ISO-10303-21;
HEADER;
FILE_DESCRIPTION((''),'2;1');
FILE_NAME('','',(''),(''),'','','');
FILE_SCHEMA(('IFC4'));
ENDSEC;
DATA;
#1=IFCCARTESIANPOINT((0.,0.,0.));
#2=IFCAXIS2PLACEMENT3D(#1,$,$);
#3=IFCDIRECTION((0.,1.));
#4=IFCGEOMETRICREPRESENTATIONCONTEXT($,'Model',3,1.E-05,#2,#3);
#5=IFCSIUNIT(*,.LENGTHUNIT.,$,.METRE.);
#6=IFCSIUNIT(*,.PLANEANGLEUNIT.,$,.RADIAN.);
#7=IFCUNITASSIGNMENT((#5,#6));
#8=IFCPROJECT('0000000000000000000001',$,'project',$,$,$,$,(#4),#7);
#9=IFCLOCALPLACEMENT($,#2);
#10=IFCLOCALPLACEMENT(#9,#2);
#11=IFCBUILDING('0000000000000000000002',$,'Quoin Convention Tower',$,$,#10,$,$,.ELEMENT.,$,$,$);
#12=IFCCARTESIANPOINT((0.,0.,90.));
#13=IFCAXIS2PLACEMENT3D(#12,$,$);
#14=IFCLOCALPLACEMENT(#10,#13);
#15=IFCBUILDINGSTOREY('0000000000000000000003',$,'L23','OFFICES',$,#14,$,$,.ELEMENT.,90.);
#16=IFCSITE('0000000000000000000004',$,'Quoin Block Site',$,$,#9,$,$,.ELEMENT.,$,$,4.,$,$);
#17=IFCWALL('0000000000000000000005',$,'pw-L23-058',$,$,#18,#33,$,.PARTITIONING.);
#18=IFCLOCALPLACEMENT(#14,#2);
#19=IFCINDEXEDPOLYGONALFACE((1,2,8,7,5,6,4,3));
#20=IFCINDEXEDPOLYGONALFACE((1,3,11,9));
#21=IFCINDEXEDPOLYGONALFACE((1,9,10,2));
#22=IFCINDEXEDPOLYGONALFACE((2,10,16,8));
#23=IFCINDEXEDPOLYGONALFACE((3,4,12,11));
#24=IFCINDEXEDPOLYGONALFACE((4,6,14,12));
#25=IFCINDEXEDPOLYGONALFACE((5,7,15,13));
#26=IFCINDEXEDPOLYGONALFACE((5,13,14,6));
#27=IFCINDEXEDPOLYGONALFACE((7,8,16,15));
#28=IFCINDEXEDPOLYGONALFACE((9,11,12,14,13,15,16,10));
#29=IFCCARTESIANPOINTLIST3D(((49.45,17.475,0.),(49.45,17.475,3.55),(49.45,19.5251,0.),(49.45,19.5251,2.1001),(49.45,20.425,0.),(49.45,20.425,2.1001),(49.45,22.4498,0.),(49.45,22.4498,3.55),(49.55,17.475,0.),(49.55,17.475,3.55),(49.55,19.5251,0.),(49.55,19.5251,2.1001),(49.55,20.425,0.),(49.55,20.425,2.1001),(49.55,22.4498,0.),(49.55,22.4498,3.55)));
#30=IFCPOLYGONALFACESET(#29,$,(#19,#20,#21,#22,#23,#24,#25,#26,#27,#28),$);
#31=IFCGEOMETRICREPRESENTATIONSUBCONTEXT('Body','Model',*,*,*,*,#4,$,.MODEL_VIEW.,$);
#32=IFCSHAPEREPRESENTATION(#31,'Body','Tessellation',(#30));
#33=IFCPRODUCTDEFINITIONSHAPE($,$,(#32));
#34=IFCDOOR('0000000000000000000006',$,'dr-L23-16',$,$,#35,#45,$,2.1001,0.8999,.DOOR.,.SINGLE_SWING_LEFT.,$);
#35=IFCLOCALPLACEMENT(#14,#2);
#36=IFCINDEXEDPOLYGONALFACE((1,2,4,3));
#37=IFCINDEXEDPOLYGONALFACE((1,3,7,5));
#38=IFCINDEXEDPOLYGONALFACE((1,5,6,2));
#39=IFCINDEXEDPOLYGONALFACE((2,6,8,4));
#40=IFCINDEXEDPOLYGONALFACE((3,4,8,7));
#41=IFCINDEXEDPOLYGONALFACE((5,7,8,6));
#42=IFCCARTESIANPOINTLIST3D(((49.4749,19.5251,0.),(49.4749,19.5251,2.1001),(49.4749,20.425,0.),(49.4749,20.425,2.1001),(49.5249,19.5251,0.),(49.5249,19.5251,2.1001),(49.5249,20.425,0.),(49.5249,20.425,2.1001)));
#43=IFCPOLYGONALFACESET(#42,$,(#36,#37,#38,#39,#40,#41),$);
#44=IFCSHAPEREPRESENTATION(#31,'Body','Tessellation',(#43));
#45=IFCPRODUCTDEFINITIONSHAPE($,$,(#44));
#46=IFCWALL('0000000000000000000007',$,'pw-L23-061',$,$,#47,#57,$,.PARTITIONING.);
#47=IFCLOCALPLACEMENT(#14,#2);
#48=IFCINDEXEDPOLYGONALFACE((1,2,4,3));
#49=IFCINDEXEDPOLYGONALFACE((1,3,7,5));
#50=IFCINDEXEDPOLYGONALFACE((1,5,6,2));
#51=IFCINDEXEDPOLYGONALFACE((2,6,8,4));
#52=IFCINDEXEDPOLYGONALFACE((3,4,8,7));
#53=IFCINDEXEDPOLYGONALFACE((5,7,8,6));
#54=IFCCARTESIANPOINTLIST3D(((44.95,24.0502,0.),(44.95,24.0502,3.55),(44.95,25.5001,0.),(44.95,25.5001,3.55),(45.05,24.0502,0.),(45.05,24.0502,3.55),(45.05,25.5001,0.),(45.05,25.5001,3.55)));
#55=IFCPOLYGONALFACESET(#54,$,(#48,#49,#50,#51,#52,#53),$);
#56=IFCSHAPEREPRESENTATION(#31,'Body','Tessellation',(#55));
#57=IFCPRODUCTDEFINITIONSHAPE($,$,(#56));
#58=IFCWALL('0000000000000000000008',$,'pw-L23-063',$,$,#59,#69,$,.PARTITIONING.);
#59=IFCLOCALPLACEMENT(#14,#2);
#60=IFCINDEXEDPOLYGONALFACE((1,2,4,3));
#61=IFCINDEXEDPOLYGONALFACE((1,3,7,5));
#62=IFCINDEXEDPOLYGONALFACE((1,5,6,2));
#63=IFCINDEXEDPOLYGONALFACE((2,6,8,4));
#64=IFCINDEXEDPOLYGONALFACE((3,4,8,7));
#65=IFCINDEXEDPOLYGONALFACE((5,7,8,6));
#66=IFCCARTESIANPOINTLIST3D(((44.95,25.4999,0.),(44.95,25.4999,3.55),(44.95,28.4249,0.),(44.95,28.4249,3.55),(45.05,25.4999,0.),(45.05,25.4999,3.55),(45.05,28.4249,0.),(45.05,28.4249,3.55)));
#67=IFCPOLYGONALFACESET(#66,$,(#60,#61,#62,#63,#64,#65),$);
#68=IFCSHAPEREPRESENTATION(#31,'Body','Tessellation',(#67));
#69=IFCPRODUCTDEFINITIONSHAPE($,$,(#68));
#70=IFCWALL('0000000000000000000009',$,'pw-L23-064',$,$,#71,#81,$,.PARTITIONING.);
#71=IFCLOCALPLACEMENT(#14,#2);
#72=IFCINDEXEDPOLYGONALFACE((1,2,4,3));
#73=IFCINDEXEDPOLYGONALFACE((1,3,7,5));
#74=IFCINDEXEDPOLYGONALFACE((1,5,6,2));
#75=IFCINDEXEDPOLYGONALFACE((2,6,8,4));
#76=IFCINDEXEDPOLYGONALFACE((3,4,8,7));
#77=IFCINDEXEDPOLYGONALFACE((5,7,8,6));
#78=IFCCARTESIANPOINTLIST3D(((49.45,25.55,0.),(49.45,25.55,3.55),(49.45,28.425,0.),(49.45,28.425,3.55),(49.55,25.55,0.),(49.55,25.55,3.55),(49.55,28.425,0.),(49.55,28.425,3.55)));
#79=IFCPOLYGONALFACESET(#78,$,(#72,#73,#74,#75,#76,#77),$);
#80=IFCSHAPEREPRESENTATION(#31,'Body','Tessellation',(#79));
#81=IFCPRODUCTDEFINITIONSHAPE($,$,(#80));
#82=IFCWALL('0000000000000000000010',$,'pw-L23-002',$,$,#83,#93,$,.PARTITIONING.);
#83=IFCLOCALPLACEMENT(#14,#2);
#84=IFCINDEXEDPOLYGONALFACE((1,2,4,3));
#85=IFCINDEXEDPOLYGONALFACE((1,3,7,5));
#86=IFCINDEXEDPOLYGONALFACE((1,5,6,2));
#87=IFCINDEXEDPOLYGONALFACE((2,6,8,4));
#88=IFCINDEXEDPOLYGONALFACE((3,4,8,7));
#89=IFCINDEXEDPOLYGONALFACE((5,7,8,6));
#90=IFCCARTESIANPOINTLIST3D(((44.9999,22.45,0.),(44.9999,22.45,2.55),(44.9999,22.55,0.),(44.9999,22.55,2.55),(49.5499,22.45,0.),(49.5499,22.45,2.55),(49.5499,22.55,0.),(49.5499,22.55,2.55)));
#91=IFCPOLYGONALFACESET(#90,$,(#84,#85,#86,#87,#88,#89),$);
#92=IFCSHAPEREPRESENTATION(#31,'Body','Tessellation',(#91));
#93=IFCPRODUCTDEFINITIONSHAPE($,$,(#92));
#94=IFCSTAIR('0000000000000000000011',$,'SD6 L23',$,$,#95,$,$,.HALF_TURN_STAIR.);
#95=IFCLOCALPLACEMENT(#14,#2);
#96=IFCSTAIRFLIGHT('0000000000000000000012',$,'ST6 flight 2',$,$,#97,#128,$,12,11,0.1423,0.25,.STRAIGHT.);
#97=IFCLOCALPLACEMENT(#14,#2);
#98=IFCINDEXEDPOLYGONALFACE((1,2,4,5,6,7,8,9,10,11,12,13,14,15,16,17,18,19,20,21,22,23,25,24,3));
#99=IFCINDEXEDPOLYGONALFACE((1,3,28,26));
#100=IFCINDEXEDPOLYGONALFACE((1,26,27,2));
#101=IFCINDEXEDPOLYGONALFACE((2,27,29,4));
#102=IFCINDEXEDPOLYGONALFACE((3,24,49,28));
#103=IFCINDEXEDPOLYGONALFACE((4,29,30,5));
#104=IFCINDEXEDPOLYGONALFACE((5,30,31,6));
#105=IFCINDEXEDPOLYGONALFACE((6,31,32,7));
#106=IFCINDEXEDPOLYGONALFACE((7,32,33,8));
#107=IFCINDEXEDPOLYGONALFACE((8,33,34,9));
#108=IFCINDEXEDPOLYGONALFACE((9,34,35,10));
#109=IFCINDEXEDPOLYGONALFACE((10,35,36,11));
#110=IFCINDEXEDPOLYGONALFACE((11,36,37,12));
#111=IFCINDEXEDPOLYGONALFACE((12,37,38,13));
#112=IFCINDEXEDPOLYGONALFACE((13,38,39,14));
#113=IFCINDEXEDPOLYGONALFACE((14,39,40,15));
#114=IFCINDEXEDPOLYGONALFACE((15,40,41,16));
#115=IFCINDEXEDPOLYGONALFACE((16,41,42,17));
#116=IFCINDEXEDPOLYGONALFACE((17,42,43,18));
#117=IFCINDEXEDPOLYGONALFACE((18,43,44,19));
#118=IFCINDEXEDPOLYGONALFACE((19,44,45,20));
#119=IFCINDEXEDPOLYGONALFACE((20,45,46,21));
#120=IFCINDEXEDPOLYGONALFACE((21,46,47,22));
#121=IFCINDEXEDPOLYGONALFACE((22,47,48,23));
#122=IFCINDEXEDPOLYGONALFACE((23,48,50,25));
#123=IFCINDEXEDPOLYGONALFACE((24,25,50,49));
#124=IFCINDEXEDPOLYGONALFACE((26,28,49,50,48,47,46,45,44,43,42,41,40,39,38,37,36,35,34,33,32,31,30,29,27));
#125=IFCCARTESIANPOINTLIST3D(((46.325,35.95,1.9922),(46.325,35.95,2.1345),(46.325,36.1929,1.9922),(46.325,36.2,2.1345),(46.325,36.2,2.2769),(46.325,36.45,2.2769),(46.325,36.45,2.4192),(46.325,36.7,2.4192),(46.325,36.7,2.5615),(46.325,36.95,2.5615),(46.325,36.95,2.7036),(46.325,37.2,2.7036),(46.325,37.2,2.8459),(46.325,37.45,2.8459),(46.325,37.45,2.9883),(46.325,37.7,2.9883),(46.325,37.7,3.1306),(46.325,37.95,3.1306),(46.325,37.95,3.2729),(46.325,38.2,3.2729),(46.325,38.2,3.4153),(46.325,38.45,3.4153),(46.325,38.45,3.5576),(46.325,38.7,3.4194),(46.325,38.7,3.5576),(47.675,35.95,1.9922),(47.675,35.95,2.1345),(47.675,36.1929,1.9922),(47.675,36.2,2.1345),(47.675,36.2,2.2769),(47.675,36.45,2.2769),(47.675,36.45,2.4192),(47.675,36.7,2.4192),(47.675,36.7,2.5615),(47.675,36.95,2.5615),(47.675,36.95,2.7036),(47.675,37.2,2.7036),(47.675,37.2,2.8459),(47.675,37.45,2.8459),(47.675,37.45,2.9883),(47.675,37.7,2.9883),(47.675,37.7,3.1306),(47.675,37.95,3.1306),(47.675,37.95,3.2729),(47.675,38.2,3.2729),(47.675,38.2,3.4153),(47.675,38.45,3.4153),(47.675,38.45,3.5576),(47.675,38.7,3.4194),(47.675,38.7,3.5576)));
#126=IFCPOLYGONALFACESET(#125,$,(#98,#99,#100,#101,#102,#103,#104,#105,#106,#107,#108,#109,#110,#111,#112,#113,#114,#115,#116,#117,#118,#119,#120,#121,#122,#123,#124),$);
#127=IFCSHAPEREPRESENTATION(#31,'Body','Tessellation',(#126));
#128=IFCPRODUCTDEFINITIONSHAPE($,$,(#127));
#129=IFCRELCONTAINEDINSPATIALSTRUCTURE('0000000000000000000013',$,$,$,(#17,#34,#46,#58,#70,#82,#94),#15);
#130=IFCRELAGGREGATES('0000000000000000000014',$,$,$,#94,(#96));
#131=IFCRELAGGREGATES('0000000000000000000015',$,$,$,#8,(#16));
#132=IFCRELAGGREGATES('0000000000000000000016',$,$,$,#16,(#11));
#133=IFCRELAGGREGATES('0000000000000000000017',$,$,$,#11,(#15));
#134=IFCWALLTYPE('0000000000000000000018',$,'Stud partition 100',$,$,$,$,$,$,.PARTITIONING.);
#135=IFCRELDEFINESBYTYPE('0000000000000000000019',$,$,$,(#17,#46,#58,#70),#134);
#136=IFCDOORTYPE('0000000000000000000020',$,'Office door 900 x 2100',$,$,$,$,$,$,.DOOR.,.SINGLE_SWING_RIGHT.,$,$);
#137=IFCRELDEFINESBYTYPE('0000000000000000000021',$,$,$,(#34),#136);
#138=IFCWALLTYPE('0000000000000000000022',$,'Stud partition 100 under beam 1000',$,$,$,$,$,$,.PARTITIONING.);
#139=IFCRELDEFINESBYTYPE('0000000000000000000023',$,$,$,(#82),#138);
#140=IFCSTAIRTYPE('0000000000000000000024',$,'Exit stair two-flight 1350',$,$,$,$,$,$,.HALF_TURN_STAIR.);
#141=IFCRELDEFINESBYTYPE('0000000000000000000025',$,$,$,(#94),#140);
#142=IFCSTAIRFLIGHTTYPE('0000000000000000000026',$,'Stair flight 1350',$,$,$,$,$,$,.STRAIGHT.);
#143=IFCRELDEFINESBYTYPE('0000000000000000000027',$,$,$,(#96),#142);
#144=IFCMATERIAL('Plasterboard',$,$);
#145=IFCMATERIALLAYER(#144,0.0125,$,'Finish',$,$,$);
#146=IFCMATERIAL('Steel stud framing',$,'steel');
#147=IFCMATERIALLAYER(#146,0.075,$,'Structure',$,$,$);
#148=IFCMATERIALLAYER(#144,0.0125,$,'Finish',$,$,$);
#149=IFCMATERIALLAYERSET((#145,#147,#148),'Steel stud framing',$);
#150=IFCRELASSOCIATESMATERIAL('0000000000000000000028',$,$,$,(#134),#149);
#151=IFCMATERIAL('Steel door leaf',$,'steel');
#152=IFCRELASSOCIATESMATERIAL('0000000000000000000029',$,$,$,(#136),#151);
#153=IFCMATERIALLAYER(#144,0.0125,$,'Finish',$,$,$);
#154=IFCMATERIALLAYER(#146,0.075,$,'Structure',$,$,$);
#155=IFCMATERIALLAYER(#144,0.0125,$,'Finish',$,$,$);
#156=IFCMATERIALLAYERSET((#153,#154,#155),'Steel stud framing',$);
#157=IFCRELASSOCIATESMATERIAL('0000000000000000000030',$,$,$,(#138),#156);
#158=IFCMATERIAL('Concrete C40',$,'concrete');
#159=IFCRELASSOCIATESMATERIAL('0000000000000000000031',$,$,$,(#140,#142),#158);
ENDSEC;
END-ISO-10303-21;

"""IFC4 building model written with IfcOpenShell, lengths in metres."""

from ifc_helpers import new_model, si_unit, direction, frame, frame_2d, origin, place, context, subcontext, project, spatial, polyline, rectangle, outline, extrude, material, layer, layer_set, type_object, element, fill, aggregate, save


model = new_model("IFC4")

# Units and contexts
model_context = context("Model", 3, precision=1e-05, world=origin(), true_north=direction((0.0, 1.0)))
body_context = subcontext(model_context, "Body", "Model", "MODEL_VIEW")
ifc_project = project(units=[si_unit("LENGTHUNIT", "METRE"), si_unit("PLANEANGLEUNIT", "RADIAN")], contexts=[model_context])

# Site, building, storey
site_placement = place(None, origin())
site = spatial("IfcSite", under=ifc_project, at=site_placement, Name="Quoin Block Site", CompositionType="ELEMENT", RefElevation=4.0)
building_placement = place(site_placement, origin())
building = spatial("IfcBuilding", under=site, at=building_placement, Name="Quoin Convention Tower", CompositionType="ELEMENT")
storey_placement = place(building_placement, frame((0.0, 0.0, 90.0)))
storey = spatial("IfcBuildingStorey", under=building, at=storey_placement, Name="L23", Description="OFFICES", CompositionType="ELEMENT", Elevation=90.0)

# Shared definitions
ifc_material_1 = material(Name="Plasterboard")
ifc_material_2 = material(Name="Steel stud framing", Category="steel")
ifc_material_3 = material(Name="Steel door leaf", Category="steel")

# Shared definitions
ifc_layer_1 = layer(ifc_material_1, 0.0125, Name="Finish")
ifc_layer_2 = layer(ifc_material_2, 0.075, Name="Structure")
ifc_layer_3 = layer(ifc_material_1, 0.0125, Name="Finish")
ifc_layer_set_1 = layer_set([ifc_layer_1, ifc_layer_2, ifc_layer_3], Name="Steel stud framing")
wall_type_1 = type_object("IfcWallType", Name="Stud partition 100", PredefinedType="PARTITIONING", material=ifc_layer_set_1)
door_type_1 = type_object("IfcDoorType", Name="Office door 900 x 2100", OperationType="SINGLE_SWING_RIGHT", PredefinedType="DOOR", material=ifc_material_3)

# Wall, opening, door
wall_1_placement = place(storey_placement, frame((49.5, 17.4751, 0.0), z_axis=(0.0, 0.0, 1.0), x_axis=(0.0, 1.0, 0.0)))
wall_1 = element("IfcWall", 1, at=wall_1_placement, inside=storey, type_object=wall_type_1, Name="pw-L23-058", PredefinedType="PARTITIONING", context=body_context, shape_type="SweptSolid", body=[
    extrude(rectangle(XDim=4.9749, YDim=0.1001, at=frame_2d((2.4873, 0.0))), origin(), (0.0, 0.0, 1.0), 3.55),
])
opening_1_placement = place(wall_1_placement, frame((2.05, 0.0, 0.0)))
opening_1 = element("IfcOpeningElement", 2, at=opening_1_placement, cuts=wall_1, PredefinedType="OPENING", context=body_context, shape_type="SweptSolid", body=[
    extrude(rectangle(XDim=0.8999, YDim=2.1001, at=frame_2d((0.45, 1.05))), frame((0.0, 0.0601, 0.0), z_axis=(0.0, -1.0, 0.0), x_axis=(1.0, 0.0, 0.0)), (0.0, 0.0, 1.0), 0.1201),
])
door_1_placement = place(opening_1_placement, frame((0.8999, 0.0, 0.0), z_axis=(0.0, 0.0, 1.0), x_axis=(-1.0, 0.0, 0.0)))
door_1 = element("IfcDoor", 3, at=door_1_placement, inside=storey, type_object=door_type_1, Name="dr-L23-16", OperationType="SINGLE_SWING_LEFT", OverallHeight=2.1001, OverallWidth=0.8999, PredefinedType="DOOR", context=body_context, shape_type="SweptSolid", body=[
    extrude(rectangle(XDim=0.8999, YDim=2.1001, at=frame_2d((0.45, 1.05))), frame((0.0, 0.0249, 0.0), z_axis=(0.0, -1.0, 0.0), x_axis=(1.0, 0.0, 0.0)), (0.0, 0.0, 1.0), 0.05),
])
fill(opening_1, door_1)

# Walls
wall_2_placement = place(storey_placement, frame((45.0, 24.05, 0.0), z_axis=(0.0, 0.0, 1.0), x_axis=(0.0, 1.0, 0.0)))
element("IfcWall", 4, at=wall_2_placement, inside=storey, type_object=wall_type_1, Name="pw-L23-061", PredefinedType="PARTITIONING", context=body_context, shape_type="SweptSolid", body=[
    extrude(rectangle(XDim=1.45, YDim=0.1001, at=frame_2d((0.7251, 0.0))), origin(), (0.0, 0.0, 1.0), 3.55),
])
wall_3_placement = place(storey_placement, frame((45.0, 25.5, 0.0), z_axis=(0.0, 0.0, 1.0), x_axis=(0.0, 1.0, 0.0)))
element("IfcWall", 5, at=wall_3_placement, inside=storey, type_object=wall_type_1, Name="pw-L23-063", PredefinedType="PARTITIONING", context=body_context, shape_type="SweptSolid", body=[
    extrude(rectangle(XDim=2.925, YDim=0.1001, at=frame_2d((1.4624, 0.0))), origin(), (0.0, 0.0, 1.0), 3.55),
])
wall_4_placement = place(storey_placement, frame((49.5, 25.55, 0.0), z_axis=(0.0, 0.0, 1.0), x_axis=(0.0, 1.0, 0.0)))
element("IfcWall", 6, at=wall_4_placement, inside=storey, type_object=wall_type_1, Name="pw-L23-064", PredefinedType="PARTITIONING", context=body_context, shape_type="SweptSolid", body=[
    extrude(rectangle(XDim=2.875, YDim=0.1001, at=frame_2d((1.4375, 0.0))), origin(), (0.0, 0.0, 1.0), 3.55),
])
ifc_layer_4 = layer(ifc_material_1, 0.0125, Name="Finish")
ifc_layer_5 = layer(ifc_material_2, 0.075, Name="Structure")
ifc_layer_6 = layer(ifc_material_1, 0.0125, Name="Finish")
ifc_layer_set_2 = layer_set([ifc_layer_4, ifc_layer_5, ifc_layer_6], Name="Steel stud framing")
wall_type_2 = type_object("IfcWallType", Name="Stud partition 100 under beam 1000", PredefinedType="PARTITIONING", material=ifc_layer_set_2)
wall_5_placement = place(storey_placement, frame((45.0, 22.5, 0.0), z_axis=(0.0, 0.0, 1.0), x_axis=(1.0, 0.0, 0.0)))
element("IfcWall", 7, at=wall_5_placement, inside=storey, type_object=wall_type_2, Name="pw-L23-002", PredefinedType="PARTITIONING", context=body_context, shape_type="SweptSolid", body=[
    extrude(rectangle(XDim=4.55, YDim=0.1001, at=frame_2d((2.2749, 0.0))), origin(), (0.0, 0.0, 1.0), 2.55),
])

# Stair, stair flight
ifc_material_4 = material(Name="Concrete C40", Category="concrete")
stair_type = type_object("IfcStairType", Name="Exit stair two-flight 1350", PredefinedType="HALF_TURN_STAIR", material=ifc_material_4)
stair_placement = place(storey_placement, origin())
stair = element("IfcStair", 8, at=stair_placement, inside=storey, type_object=stair_type, Name="SD6 L23", PredefinedType="HALF_TURN_STAIR")
stair_flight_type = type_object("IfcStairFlightType", Name="Stair flight 1350", PredefinedType="STRAIGHT", material=ifc_material_4)
stair_flight_placement = place(storey_placement, frame((47.0, 35.95, 1.9922), z_axis=(0.0, 0.0, 1.0), x_axis=(0.0, 1.0, 0.0)))
stair_flight = element("IfcStairFlight", 9, at=stair_flight_placement, type_object=stair_flight_type, Name="ST6 flight 2", NumberOfRisers=12, NumberOfTreads=11, PredefinedType="STRAIGHT", RiserHeight=0.1423, TreadLength=0.25, context=body_context, shape_type="SweptSolid", body=[
    extrude(outline(polyline([(0.0, 0.0), (0.0, 0.1423), (0.25, 0.1423), (0.25, 0.2847), (0.5, 0.2847), (0.5, 0.427), (0.75, 0.427), (0.75, 0.5693), (1.0, 0.5693), (1.0, 0.7114), (1.25, 0.7114), (1.25, 0.8538), (1.5, 0.8538), (1.5, 0.9961), (1.75, 0.9961), (1.75, 1.1384), (2.0, 1.1384), (2.0, 1.2808), (2.25, 1.2808), (2.25, 1.4231), (2.5, 1.4231), (2.5, 1.5654), (2.75, 1.5654), (2.75, 1.7078), (2.75, 1.4272), (0.2429, 0.0), (0.0, 0.0)])), frame((0.0, 0.675, 0.0), z_axis=(0.0, -1.0, 0.0), x_axis=(1.0, 0.0, 0.0)), (0.0, 0.0, 1.0), 1.3501),
])
aggregate(stair, [stair_flight])

save(model, "model.ifc")
